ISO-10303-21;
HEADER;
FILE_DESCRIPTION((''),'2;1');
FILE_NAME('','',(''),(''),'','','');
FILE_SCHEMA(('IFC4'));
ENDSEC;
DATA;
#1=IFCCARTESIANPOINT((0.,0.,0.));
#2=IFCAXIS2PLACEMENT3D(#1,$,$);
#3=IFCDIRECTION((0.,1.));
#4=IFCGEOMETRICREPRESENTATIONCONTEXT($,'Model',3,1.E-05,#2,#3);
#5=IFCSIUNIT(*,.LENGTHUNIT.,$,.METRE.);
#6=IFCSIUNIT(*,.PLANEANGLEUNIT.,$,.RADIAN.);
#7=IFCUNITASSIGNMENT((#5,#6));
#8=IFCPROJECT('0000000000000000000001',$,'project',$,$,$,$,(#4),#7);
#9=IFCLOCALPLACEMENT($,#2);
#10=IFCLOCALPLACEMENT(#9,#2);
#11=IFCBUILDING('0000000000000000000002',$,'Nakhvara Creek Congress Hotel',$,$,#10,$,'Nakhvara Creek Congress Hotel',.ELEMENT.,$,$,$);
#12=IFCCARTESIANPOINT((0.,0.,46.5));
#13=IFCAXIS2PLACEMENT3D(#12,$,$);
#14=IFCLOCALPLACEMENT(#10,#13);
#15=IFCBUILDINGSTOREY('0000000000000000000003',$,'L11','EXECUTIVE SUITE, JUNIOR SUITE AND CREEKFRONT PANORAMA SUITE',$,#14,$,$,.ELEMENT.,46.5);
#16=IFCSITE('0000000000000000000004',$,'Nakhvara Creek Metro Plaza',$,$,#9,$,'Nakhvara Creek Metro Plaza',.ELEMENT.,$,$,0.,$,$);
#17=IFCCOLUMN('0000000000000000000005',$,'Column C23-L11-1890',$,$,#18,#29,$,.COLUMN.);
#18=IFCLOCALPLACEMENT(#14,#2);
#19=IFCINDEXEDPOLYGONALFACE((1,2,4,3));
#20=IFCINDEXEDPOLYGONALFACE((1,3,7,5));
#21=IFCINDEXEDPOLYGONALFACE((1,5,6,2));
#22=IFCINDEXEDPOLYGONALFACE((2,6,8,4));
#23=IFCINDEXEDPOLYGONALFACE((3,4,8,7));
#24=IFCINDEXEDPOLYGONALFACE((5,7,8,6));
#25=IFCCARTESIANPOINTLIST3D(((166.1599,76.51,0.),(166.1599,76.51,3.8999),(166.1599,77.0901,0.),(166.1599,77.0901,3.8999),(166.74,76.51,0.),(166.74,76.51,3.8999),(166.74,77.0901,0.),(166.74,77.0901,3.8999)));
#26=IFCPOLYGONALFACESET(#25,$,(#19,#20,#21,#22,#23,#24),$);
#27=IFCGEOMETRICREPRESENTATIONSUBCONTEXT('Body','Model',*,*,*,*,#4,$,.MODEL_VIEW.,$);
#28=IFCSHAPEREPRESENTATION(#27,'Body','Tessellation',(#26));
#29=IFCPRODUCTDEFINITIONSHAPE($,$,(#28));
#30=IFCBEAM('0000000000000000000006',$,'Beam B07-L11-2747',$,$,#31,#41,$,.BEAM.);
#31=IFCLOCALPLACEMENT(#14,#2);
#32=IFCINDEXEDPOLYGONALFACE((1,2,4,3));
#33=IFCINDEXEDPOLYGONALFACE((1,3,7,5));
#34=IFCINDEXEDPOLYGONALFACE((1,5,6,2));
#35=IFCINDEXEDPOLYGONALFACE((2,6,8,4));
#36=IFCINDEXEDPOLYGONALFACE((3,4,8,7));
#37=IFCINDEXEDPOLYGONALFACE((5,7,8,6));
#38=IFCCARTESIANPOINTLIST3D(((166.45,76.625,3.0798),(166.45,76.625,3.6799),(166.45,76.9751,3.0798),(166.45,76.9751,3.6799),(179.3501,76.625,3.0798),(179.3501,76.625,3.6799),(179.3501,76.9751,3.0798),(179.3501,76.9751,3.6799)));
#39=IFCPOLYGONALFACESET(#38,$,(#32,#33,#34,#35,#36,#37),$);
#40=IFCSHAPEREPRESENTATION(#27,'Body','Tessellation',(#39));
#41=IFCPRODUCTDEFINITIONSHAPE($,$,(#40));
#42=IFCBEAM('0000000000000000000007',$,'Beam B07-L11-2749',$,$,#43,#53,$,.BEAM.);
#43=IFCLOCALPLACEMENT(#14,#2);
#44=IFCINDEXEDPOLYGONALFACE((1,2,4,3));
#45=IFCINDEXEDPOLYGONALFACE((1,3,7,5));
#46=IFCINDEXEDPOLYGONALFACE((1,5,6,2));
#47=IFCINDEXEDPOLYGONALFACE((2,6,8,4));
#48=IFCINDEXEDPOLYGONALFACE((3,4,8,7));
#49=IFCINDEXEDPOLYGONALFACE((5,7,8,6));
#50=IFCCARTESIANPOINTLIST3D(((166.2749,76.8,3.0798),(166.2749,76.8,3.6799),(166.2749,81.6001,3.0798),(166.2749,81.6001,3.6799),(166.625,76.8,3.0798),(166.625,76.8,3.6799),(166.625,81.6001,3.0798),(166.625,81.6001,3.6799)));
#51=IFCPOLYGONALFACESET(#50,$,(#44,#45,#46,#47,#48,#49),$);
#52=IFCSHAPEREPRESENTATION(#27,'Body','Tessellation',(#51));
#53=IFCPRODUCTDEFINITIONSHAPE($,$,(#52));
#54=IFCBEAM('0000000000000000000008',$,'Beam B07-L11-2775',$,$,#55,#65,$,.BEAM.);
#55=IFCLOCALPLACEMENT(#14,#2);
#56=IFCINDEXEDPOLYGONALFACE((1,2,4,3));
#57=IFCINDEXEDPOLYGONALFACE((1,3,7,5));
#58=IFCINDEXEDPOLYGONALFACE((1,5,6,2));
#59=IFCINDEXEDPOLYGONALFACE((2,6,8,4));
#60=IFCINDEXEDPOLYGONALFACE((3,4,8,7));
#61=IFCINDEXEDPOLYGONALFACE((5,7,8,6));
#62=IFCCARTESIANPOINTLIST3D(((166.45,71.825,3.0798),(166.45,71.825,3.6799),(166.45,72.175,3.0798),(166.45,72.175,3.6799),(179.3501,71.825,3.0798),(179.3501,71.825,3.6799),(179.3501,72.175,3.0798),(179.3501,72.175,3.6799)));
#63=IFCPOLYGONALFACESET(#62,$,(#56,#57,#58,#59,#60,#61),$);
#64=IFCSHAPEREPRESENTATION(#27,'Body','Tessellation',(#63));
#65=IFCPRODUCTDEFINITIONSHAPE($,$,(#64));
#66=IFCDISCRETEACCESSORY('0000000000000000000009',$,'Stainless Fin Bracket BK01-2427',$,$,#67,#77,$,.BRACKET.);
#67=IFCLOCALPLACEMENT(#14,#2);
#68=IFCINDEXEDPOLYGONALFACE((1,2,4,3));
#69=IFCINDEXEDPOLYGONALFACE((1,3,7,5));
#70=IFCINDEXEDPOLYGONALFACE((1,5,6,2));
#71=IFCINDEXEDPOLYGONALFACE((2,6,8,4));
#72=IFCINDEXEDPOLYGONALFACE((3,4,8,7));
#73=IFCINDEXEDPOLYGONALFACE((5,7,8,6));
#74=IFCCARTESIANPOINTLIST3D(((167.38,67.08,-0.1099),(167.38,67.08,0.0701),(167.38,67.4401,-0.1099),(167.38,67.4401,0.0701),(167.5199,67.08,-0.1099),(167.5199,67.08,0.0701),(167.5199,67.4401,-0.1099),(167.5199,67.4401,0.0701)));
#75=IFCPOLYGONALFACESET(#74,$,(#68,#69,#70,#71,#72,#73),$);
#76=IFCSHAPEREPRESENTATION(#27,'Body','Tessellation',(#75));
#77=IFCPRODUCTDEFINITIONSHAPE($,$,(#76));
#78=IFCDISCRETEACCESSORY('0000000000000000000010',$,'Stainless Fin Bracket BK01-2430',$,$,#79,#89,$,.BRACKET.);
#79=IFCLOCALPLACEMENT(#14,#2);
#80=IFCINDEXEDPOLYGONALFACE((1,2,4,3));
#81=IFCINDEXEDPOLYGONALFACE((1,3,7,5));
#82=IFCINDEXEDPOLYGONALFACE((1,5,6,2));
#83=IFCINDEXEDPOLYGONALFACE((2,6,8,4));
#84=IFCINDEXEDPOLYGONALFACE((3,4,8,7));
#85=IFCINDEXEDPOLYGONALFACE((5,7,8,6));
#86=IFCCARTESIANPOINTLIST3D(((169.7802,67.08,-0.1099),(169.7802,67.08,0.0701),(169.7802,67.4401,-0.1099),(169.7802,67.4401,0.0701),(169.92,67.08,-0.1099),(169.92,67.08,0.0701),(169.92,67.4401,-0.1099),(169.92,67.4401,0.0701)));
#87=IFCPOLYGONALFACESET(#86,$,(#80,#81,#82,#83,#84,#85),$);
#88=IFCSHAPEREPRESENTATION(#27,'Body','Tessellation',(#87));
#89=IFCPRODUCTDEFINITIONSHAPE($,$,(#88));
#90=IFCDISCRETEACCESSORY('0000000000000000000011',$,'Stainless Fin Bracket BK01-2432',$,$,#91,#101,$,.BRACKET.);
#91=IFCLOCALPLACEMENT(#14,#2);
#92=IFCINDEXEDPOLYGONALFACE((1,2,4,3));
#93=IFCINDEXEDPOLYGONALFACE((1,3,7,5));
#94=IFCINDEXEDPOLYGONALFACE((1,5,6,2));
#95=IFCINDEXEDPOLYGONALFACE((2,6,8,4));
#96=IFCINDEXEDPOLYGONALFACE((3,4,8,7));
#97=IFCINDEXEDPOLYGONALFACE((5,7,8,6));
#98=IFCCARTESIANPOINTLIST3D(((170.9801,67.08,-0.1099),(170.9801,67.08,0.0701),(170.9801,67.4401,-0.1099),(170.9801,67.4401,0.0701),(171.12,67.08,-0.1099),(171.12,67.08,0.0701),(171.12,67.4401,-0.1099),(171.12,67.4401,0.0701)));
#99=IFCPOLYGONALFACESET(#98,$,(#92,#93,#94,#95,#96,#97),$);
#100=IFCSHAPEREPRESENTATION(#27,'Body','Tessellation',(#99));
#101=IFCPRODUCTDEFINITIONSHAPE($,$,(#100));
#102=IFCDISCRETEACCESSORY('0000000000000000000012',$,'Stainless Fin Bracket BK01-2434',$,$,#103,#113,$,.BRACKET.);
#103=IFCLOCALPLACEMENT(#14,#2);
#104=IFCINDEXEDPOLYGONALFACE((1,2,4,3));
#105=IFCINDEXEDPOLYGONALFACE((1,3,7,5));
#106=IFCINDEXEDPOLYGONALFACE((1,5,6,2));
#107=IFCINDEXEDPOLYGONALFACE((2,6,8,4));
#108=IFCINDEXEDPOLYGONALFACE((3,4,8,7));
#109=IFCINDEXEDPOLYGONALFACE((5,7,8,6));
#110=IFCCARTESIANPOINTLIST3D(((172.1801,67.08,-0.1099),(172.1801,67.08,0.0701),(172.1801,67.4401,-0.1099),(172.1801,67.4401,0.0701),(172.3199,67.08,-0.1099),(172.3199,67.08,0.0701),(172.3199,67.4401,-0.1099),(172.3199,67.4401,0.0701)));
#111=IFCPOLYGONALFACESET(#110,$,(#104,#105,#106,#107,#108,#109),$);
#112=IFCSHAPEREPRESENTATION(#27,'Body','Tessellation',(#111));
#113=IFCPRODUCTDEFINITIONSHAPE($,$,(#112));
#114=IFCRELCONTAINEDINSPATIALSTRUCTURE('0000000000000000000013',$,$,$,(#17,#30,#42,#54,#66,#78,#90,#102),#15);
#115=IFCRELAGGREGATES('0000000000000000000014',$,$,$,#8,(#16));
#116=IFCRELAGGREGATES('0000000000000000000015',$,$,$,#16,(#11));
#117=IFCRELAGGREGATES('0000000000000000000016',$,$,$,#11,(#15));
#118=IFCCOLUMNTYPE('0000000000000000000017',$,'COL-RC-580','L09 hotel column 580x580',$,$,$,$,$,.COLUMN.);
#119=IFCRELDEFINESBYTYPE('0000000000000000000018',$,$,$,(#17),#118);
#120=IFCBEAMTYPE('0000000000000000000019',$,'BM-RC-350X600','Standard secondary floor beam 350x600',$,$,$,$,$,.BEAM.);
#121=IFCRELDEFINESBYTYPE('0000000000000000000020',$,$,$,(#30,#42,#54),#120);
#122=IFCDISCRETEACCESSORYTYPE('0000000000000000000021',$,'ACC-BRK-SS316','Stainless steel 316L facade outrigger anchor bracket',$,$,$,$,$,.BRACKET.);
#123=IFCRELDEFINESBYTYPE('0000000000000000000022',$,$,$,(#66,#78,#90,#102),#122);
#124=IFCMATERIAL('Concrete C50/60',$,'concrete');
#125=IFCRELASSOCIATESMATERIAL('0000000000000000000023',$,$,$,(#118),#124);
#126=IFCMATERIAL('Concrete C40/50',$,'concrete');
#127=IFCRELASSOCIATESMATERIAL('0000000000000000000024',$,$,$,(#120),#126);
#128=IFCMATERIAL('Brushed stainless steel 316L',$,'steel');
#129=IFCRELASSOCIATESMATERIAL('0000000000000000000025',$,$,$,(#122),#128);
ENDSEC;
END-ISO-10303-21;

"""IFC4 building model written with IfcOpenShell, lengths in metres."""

from ifc_helpers import new_model, si_unit, direction, frame, origin, origin_2d, place, context, subcontext, project, spatial, rectangle, extrude, material, material_profile, profile_set, type_object, element, save


model = new_model("IFC4")

# Units and contexts
model_context = context("Model", 3, precision=1e-05, world=origin(), true_north=direction((0.0, 1.0)))
body_context = subcontext(model_context, "Body", "Model", "MODEL_VIEW")
ifc_project = project(units=[si_unit("LENGTHUNIT", "METRE"), si_unit("PLANEANGLEUNIT", "RADIAN")], contexts=[model_context])

# Site, building, storey
site_placement = place(None, origin())
site = spatial("IfcSite", under=ifc_project, at=site_placement, Name="Nakhvara Creek Metro Plaza", LongName="Nakhvara Creek Metro Plaza", CompositionType="ELEMENT", RefElevation=0.0)
building_placement = place(site_placement, origin())
building = spatial("IfcBuilding", under=site, at=building_placement, Name="Nakhvara Creek Congress Hotel", LongName="Nakhvara Creek Congress Hotel", CompositionType="ELEMENT")
storey_placement = place(building_placement, frame((0.0, 0.0, 46.5)))
storey = spatial("IfcBuildingStorey", under=building, at=storey_placement, Name="L11", Description="EXECUTIVE SUITE, JUNIOR SUITE AND CREEKFRONT PANORAMA SUITE", CompositionType="ELEMENT", Elevation=46.5)

# Column
ifc_material_1 = material(Name="Concrete C50/60", Category="concrete")
ifc_material_profile_1 = material_profile(ifc_material_1, rectangle(XDim=0.5801, YDim=0.5801, at=origin_2d()), Name="RC-COL 580x580", Category="LoadBearing")
ifc_profile_set_1 = profile_set([ifc_material_profile_1], Name="Concrete C50/60")
column_type = type_object("IfcColumnType", Name="COL-RC-580", Description="L09 hotel column 580x580", PredefinedType="COLUMN", material=ifc_profile_set_1)
column_placement = place(storey_placement, frame((166.45, 76.8, 0.0), z_axis=(0.0, 0.0, 1.0), x_axis=(1.0, 0.0, 0.0)))
element("IfcColumn", 1, at=column_placement, inside=storey, type_object=column_type, Name="Column C23-L11-1890", PredefinedType="COLUMN", context=body_context, shape_type="SweptSolid", body=[
    extrude(rectangle(XDim=0.5801, YDim=0.5801, at=origin_2d()), origin(), (0.0, 0.0, 1.0), 3.8999),
])

# Beams
ifc_material_2 = material(Name="Concrete C40/50", Category="concrete")
ifc_material_profile_2 = material_profile(ifc_material_2, rectangle(XDim=0.3501, YDim=0.6001, at=origin_2d()), Name="RC-BM 350x600", Category="LoadBearing")
ifc_profile_set_2 = profile_set([ifc_material_profile_2], Name="Concrete C40/50")
beam_type = type_object("IfcBeamType", Name="BM-RC-350X600", Description="Standard secondary floor beam 350x600", PredefinedType="BEAM", material=ifc_profile_set_2)
beam_1_placement = place(storey_placement, frame((166.45, 76.8, 3.3799), z_axis=(1.0, 0.0, 0.0), x_axis=(0.0, 1.0, 0.0)))
element("IfcBeam", 2, at=beam_1_placement, inside=storey, type_object=beam_type, Name="Beam B07-L11-2747", PredefinedType="BEAM", context=body_context, shape_type="SweptSolid", body=[
    extrude(rectangle(XDim=0.3501, YDim=0.6001, at=origin_2d()), origin(), (0.0, 0.0, 1.0), 12.9001),
])
beam_2_placement = place(storey_placement, frame((166.45, 76.8, 3.3799), z_axis=(0.0, 1.0, 0.0), x_axis=(-1.0, 0.0, 0.0)))
element("IfcBeam", 3, at=beam_2_placement, inside=storey, type_object=beam_type, Name="Beam B07-L11-2749", PredefinedType="BEAM", context=body_context, shape_type="SweptSolid", body=[
    extrude(rectangle(XDim=0.3501, YDim=0.6001, at=origin_2d()), origin(), (0.0, 0.0, 1.0), 4.8),
])
beam_3_placement = place(storey_placement, frame((166.45, 72.0, 3.3799), z_axis=(1.0, 0.0, 0.0), x_axis=(0.0, 1.0, 0.0)))
element("IfcBeam", 4, at=beam_3_placement, inside=storey, type_object=beam_type, Name="Beam B07-L11-2775", PredefinedType="BEAM", context=body_context, shape_type="SweptSolid", body=[
    extrude(rectangle(XDim=0.3501, YDim=0.6001, at=origin_2d()), origin(), (0.0, 0.0, 1.0), 12.9001),
])

# Discrete accessories
ifc_material_3 = material(Name="Brushed stainless steel 316L", Category="steel")
discrete_accessory_type = type_object("IfcDiscreteAccessoryType", Name="ACC-BRK-SS316", Description="Stainless steel 316L facade outrigger anchor bracket", PredefinedType="BRACKET", material=ifc_material_3)
for number, where, z_axis, x_axis, name in (
    (5, (167.45, 67.26, -0.1099), (0.0, 0.0, 1.0), (1.0, 0.0, 0.0), "Stainless Fin Bracket BK01-2427"),
    (6, (169.8501, 67.26, -0.1099), (0.0, 0.0, 1.0), (1.0, 0.0, 0.0), "Stainless Fin Bracket BK01-2430"),
    (7, (171.05, 67.26, -0.1099), (0.0, 0.0, 1.0), (1.0, 0.0, 0.0), "Stainless Fin Bracket BK01-2432"),
    (8, (172.25, 67.26, -0.1099), (0.0, 0.0, 1.0), (1.0, 0.0, 0.0), "Stainless Fin Bracket BK01-2434"),
):
    element("IfcDiscreteAccessory", number, at=place(storey_placement, frame(where, z_axis=z_axis, x_axis=x_axis)), inside=storey, type_object=discrete_accessory_type, Name=name, PredefinedType="BRACKET", context=body_context, shape_type="SweptSolid", body=[
        extrude(rectangle(XDim=0.1399, YDim=0.3601, at=origin_2d()), origin(), (0.0, 0.0, 1.0), 0.1799),
    ])

save(model, "model.ifc")
